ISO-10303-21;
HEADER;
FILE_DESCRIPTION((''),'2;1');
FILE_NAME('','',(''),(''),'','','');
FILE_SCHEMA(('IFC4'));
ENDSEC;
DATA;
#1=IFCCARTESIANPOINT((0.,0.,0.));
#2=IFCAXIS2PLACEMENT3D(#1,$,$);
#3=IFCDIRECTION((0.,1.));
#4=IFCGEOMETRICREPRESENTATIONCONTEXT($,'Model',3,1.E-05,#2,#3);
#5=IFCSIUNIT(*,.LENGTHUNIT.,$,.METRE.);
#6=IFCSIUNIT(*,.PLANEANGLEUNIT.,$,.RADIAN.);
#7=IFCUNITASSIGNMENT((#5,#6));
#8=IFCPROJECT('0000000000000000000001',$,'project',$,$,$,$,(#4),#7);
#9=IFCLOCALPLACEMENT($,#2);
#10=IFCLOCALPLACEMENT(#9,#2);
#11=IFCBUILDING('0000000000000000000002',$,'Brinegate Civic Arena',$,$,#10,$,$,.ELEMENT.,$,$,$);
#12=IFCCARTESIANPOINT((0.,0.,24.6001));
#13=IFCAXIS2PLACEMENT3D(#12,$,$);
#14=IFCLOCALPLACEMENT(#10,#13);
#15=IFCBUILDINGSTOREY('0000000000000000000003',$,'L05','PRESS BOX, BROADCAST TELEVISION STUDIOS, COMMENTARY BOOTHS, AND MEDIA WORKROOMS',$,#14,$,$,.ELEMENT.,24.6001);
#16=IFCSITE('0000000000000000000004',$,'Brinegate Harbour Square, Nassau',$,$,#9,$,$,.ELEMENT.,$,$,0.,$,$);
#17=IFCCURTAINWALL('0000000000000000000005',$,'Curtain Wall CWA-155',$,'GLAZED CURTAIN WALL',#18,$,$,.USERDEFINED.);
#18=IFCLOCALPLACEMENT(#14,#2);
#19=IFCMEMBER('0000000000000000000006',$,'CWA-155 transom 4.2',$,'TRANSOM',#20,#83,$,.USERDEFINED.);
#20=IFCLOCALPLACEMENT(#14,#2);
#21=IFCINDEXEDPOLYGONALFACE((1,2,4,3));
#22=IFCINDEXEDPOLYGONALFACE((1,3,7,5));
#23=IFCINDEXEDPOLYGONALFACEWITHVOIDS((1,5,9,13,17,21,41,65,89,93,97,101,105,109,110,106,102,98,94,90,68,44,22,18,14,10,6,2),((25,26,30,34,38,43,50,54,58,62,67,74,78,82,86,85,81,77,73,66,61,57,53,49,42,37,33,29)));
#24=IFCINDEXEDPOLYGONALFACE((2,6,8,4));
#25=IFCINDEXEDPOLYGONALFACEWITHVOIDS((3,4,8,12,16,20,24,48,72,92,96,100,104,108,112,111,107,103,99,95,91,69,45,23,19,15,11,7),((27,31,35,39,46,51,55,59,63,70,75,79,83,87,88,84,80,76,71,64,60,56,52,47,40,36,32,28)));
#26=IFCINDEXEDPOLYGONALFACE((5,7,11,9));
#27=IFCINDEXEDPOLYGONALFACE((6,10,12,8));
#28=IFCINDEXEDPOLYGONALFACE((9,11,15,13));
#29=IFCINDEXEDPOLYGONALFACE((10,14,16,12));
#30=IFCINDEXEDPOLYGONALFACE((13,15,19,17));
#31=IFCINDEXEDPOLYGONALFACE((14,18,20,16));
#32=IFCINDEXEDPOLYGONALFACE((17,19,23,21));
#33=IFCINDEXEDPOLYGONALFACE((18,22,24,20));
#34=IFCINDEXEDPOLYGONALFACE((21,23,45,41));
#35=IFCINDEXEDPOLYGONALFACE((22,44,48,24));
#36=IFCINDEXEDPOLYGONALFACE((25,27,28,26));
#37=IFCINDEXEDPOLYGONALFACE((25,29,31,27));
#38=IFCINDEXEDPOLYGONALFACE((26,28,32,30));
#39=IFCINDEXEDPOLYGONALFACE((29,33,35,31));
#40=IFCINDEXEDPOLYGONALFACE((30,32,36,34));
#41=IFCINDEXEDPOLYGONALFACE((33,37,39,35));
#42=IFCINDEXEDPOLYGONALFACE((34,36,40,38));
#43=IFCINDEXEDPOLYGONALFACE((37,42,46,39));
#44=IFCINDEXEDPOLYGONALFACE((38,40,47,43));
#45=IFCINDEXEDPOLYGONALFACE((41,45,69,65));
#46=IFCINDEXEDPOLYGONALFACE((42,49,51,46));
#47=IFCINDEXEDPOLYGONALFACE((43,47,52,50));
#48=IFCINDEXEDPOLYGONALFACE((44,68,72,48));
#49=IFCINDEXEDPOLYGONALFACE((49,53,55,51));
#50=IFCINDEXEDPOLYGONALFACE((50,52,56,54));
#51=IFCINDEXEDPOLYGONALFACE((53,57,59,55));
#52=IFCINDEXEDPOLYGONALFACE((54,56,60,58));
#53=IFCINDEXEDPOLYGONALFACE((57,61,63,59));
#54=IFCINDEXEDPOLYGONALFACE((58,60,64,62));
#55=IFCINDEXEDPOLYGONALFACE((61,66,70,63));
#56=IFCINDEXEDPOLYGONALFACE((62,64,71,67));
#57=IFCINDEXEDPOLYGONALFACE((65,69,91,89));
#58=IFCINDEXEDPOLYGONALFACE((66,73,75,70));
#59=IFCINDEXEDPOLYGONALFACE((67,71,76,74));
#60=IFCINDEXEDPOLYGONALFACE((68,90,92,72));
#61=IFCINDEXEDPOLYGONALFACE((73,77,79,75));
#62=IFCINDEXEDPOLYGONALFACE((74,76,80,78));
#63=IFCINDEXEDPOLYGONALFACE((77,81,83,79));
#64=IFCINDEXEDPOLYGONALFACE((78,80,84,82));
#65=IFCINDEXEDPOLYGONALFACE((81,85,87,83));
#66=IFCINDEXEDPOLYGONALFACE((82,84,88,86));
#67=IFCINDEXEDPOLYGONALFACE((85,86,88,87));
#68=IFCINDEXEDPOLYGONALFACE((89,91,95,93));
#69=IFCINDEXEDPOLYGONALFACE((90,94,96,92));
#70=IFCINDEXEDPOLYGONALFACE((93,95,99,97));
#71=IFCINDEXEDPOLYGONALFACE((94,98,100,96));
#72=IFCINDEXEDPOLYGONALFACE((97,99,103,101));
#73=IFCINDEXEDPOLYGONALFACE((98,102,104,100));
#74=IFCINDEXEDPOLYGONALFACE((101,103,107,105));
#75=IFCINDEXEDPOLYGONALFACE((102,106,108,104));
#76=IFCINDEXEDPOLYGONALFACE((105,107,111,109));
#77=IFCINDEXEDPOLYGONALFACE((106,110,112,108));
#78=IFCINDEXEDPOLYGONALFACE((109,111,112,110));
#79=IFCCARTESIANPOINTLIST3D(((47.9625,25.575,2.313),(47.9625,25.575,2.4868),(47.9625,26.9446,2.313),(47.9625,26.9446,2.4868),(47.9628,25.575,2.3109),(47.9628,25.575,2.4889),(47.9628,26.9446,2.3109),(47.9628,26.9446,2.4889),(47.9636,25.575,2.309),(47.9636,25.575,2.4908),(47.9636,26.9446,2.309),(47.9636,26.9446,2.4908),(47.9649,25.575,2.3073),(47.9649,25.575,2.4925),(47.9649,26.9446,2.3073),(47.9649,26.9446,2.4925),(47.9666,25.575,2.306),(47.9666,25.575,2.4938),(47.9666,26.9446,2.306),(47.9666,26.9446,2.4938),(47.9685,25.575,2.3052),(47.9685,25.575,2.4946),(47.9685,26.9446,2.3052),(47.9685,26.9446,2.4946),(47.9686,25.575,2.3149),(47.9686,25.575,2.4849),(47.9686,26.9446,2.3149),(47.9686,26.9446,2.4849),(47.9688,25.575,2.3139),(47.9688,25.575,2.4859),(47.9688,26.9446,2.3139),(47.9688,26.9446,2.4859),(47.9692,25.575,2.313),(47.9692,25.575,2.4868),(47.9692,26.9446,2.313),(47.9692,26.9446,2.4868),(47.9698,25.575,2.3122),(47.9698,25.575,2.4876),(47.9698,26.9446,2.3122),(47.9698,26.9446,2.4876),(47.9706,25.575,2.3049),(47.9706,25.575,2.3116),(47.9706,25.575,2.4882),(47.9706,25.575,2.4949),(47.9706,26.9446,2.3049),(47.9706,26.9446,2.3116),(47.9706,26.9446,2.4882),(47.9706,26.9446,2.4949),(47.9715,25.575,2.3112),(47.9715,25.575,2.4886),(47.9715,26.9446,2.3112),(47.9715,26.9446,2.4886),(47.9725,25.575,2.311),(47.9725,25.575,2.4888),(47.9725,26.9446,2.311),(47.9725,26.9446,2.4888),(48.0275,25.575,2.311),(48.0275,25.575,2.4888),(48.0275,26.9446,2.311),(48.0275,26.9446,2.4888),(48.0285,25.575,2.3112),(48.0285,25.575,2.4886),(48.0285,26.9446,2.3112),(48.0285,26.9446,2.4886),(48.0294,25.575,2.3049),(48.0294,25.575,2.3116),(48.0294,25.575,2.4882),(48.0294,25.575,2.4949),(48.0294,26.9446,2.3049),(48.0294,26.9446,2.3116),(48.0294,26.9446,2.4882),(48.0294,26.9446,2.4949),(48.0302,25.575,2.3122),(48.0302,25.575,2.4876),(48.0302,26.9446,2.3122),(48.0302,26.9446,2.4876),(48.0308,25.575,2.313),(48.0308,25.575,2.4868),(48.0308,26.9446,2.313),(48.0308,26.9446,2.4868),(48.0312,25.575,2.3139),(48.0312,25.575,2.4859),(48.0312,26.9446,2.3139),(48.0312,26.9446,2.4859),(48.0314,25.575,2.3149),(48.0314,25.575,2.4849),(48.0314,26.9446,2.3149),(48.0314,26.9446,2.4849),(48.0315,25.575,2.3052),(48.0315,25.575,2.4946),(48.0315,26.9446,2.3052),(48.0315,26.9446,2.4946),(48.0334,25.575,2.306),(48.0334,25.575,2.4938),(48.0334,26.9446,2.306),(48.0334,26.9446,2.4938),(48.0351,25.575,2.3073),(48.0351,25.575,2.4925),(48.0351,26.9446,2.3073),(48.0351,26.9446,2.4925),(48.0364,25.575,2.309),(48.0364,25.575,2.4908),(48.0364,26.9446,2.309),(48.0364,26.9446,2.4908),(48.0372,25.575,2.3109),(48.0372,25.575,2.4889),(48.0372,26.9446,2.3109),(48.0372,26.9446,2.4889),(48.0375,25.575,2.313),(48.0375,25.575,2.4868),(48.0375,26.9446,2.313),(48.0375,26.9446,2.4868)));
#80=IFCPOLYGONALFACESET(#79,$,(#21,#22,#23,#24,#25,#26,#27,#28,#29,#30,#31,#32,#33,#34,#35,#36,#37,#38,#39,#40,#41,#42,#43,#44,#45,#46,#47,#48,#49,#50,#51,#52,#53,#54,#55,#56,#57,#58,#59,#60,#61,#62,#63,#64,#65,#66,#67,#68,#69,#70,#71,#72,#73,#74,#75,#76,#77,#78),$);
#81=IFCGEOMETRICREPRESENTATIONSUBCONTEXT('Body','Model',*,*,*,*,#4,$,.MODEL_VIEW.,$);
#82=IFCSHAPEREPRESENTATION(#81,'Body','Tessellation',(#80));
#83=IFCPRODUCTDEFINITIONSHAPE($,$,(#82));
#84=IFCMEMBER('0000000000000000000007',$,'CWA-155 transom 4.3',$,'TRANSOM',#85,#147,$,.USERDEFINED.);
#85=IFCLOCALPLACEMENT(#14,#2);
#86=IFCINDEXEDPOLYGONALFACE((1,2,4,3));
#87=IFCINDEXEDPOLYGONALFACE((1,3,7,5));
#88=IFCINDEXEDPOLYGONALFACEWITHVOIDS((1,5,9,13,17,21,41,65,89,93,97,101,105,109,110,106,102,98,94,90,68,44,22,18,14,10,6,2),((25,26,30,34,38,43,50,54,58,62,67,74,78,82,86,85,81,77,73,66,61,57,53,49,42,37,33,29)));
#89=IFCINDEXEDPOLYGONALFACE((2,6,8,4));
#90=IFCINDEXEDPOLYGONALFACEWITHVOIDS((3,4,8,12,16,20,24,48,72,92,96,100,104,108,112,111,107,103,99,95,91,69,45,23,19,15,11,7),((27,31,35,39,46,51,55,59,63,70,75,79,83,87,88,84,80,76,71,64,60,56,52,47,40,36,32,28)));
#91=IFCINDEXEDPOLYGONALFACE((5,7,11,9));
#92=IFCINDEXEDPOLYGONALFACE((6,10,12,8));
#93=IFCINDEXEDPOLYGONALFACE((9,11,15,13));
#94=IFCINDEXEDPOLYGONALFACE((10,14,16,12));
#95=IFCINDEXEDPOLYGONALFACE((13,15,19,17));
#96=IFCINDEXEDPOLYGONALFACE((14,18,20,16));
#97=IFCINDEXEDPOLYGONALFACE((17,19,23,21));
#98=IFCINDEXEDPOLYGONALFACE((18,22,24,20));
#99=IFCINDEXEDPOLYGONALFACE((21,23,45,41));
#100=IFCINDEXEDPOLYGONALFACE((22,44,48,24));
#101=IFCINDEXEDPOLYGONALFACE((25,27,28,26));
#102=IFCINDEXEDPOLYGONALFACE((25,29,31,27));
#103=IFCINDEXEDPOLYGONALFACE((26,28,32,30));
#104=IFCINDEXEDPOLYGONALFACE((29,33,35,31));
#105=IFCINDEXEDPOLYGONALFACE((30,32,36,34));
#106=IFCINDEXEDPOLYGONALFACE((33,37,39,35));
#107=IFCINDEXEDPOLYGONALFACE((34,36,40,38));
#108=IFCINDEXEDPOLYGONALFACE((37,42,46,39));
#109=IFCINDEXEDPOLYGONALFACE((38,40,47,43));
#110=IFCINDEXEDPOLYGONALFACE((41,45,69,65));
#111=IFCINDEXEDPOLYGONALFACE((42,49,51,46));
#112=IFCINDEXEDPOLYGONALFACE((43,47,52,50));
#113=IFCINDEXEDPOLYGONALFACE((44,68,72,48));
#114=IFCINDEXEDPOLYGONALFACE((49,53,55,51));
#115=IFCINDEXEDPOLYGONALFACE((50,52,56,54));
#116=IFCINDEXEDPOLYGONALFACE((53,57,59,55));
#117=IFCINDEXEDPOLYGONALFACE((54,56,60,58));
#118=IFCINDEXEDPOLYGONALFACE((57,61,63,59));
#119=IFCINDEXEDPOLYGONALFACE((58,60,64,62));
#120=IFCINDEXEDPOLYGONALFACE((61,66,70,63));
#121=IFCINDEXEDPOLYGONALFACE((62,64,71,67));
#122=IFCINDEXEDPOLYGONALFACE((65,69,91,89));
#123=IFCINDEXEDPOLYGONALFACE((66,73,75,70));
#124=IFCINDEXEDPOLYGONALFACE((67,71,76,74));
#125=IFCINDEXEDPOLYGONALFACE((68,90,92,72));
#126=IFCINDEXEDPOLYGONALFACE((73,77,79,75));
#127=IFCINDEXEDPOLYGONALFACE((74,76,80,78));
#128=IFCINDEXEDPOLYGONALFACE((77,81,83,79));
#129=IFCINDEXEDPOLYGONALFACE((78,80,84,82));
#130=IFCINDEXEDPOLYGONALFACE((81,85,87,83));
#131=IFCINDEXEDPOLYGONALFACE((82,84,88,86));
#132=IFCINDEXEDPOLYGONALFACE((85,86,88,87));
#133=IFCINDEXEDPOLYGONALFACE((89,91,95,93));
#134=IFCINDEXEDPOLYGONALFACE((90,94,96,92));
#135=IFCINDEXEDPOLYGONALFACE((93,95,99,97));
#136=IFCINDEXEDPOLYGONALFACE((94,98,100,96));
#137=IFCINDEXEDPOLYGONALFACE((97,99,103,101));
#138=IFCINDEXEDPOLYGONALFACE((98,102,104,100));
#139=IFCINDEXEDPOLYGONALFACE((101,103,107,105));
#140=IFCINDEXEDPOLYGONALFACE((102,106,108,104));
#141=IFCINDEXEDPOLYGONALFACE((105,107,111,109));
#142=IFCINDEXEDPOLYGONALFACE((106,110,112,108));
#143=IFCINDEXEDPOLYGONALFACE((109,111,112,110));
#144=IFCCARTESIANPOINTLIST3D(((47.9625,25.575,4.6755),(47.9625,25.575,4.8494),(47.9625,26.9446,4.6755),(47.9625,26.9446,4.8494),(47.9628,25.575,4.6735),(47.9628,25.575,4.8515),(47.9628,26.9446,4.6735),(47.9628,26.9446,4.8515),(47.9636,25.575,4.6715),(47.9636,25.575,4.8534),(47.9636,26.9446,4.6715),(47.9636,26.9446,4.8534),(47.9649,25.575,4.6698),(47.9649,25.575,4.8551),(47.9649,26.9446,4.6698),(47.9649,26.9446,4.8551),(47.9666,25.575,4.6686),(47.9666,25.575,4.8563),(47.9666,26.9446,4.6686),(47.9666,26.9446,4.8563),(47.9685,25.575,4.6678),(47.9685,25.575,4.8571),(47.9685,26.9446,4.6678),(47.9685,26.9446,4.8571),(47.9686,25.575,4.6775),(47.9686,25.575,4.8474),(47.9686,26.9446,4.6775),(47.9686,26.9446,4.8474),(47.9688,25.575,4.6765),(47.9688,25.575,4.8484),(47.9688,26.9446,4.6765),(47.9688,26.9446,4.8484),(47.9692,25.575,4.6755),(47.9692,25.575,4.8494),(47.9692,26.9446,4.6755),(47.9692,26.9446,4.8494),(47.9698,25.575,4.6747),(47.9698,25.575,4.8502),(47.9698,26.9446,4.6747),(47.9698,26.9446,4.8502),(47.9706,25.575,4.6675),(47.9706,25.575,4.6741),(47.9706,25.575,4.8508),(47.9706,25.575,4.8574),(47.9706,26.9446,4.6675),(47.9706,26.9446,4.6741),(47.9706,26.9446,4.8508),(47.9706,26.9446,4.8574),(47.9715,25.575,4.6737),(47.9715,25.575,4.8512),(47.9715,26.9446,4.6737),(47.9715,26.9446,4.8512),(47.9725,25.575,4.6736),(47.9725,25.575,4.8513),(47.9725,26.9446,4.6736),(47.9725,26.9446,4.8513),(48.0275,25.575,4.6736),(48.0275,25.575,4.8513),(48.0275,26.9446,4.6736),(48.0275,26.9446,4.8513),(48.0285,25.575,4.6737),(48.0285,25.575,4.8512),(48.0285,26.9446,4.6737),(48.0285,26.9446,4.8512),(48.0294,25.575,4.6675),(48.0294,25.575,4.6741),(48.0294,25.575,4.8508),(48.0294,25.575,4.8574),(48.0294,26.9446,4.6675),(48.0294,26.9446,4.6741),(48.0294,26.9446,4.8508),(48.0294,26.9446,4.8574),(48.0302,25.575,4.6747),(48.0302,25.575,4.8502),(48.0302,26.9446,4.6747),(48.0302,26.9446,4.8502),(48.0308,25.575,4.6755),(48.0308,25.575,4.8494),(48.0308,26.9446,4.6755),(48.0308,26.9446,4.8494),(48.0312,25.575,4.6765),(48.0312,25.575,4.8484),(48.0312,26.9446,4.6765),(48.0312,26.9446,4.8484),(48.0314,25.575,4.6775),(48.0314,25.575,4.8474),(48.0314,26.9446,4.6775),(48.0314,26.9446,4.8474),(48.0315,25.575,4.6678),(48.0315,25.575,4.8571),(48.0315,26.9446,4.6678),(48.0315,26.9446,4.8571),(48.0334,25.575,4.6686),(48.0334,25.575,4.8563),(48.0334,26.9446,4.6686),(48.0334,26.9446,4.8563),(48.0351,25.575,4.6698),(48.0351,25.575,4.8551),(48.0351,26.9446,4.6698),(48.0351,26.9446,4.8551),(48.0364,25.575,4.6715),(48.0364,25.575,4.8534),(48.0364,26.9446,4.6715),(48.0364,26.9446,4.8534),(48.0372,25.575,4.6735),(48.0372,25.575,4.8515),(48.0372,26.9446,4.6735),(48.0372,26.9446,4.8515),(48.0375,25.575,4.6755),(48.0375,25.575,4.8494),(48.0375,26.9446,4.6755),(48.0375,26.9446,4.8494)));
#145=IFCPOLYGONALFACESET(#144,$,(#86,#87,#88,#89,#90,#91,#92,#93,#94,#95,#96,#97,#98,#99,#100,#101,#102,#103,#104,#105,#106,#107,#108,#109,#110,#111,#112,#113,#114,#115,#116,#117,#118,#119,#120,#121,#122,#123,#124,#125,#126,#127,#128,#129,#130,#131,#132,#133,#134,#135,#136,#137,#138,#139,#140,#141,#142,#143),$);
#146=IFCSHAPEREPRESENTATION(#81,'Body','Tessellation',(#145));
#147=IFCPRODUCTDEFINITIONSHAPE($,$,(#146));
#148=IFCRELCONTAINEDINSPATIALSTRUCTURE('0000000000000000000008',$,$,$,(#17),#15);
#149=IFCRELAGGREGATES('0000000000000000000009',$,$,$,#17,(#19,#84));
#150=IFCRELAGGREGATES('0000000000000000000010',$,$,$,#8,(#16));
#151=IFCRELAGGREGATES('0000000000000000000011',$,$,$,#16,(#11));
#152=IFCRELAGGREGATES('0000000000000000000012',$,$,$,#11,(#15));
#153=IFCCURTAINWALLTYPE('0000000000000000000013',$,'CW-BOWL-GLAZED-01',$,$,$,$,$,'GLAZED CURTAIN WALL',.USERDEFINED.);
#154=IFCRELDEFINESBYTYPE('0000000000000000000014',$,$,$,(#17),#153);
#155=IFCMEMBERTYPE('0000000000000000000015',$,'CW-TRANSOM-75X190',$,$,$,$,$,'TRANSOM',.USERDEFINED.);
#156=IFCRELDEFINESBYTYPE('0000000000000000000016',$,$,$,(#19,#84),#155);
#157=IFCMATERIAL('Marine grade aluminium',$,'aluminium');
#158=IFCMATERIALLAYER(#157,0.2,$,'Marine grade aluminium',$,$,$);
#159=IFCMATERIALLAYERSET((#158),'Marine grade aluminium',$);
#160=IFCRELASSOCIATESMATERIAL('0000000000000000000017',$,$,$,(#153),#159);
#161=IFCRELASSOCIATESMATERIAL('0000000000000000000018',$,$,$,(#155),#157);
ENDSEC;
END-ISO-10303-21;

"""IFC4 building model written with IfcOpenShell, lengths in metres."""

from ifc_helpers import new_model, si_unit, direction, frame, origin, origin_2d, place, context, subcontext, project, spatial, hollow_rectangle, extrude, material, layer, layer_set, material_profile, profile_set, type_object, element, aggregate, save


model = new_model("IFC4")

# Units and contexts
model_context = context("Model", 3, precision=1e-05, world=origin(), true_north=direction((0.0, 1.0)))
body_context = subcontext(model_context, "Body", "Model", "MODEL_VIEW")
ifc_project = project(units=[si_unit("LENGTHUNIT", "METRE"), si_unit("PLANEANGLEUNIT", "RADIAN")], contexts=[model_context])

# Site, building, storey
site_placement = place(None, origin())
site = spatial("IfcSite", under=ifc_project, at=site_placement, Name="Brinegate Harbour Square, Nassau", CompositionType="ELEMENT", RefElevation=0.0)
building_placement = place(site_placement, origin())
building = spatial("IfcBuilding", under=site, at=building_placement, Name="Brinegate Civic Arena", CompositionType="ELEMENT")
storey_placement = place(building_placement, frame((0.0, 0.0, 24.6001)))
storey = spatial("IfcBuildingStorey", under=building, at=storey_placement, Name="L05", Description="PRESS BOX, BROADCAST TELEVISION STUDIOS, COMMENTARY BOOTHS, AND MEDIA WORKROOMS", CompositionType="ELEMENT", Elevation=24.6001)

# Curtain wall, members
ifc_material_1 = material(Name="Marine grade aluminium", Category="aluminium")
ifc_layer_1 = layer(ifc_material_1, 0.2, Name="Marine grade aluminium")
ifc_layer_set_1 = layer_set([ifc_layer_1], Name="Marine grade aluminium")
curtain_wall_type = type_object("IfcCurtainWallType", Name="CW-BOWL-GLAZED-01", ElementType="GLAZED CURTAIN WALL", PredefinedType="USERDEFINED", material=ifc_layer_set_1)
curtain_wall_placement = place(storey_placement, origin())
curtain_wall = element("IfcCurtainWall", 1, at=curtain_wall_placement, inside=storey, type_object=curtain_wall_type, Name="Curtain Wall CWA-155", ObjectType="GLAZED CURTAIN WALL", PredefinedType="USERDEFINED")
ifc_material_profile_1 = material_profile(ifc_material_1, hollow_rectangle(XDim=0.075, YDim=0.1899, WallThickness=0.0061, InnerFilletRadius=0.0039, OuterFilletRadius=0.0081, at=origin_2d()), Name="TRN75X190")
ifc_profile_set_1 = profile_set([ifc_material_profile_1], Name="Marine grade aluminium")
member_type_1 = type_object("IfcMemberType", Name="CW-TRANSOM-75X190", ElementType="TRANSOM", PredefinedType="USERDEFINED", material=ifc_profile_set_1)
member_1_placement = place(storey_placement, frame((48.0, 25.575, 2.3999), z_axis=(0.0, 1.0, 0.0), x_axis=(-1.0, 0.0, 0.0)))
member_1 = element("IfcMember", 2, at=member_1_placement, type_object=member_type_1, Name="CWA-155 transom 4.2", ObjectType="TRANSOM", PredefinedType="USERDEFINED", context=body_context, shape_type="SweptSolid", body=[
    extrude(hollow_rectangle(XDim=0.075, YDim=0.1899, WallThickness=0.0061, InnerFilletRadius=0.0039, OuterFilletRadius=0.0081, at=origin_2d()), origin(), (0.0, 0.0, 1.0), 1.3696),
])
member_2_placement = place(storey_placement, frame((48.0, 25.575, 4.7625), z_axis=(0.0, 1.0, 0.0), x_axis=(-1.0, 0.0, 0.0)))
member_2 = element("IfcMember", 3, at=member_2_placement, type_object=member_type_1, Name="CWA-155 transom 4.3", ObjectType="TRANSOM", PredefinedType="USERDEFINED", context=body_context, shape_type="SweptSolid", body=[
    extrude(hollow_rectangle(XDim=0.075, YDim=0.1899, WallThickness=0.0061, InnerFilletRadius=0.0039, OuterFilletRadius=0.0081, at=origin_2d()), origin(), (0.0, 0.0, 1.0), 1.3696),
])

aggregate(curtain_wall, [member_1, member_2])

save(model, "model.ifc")
